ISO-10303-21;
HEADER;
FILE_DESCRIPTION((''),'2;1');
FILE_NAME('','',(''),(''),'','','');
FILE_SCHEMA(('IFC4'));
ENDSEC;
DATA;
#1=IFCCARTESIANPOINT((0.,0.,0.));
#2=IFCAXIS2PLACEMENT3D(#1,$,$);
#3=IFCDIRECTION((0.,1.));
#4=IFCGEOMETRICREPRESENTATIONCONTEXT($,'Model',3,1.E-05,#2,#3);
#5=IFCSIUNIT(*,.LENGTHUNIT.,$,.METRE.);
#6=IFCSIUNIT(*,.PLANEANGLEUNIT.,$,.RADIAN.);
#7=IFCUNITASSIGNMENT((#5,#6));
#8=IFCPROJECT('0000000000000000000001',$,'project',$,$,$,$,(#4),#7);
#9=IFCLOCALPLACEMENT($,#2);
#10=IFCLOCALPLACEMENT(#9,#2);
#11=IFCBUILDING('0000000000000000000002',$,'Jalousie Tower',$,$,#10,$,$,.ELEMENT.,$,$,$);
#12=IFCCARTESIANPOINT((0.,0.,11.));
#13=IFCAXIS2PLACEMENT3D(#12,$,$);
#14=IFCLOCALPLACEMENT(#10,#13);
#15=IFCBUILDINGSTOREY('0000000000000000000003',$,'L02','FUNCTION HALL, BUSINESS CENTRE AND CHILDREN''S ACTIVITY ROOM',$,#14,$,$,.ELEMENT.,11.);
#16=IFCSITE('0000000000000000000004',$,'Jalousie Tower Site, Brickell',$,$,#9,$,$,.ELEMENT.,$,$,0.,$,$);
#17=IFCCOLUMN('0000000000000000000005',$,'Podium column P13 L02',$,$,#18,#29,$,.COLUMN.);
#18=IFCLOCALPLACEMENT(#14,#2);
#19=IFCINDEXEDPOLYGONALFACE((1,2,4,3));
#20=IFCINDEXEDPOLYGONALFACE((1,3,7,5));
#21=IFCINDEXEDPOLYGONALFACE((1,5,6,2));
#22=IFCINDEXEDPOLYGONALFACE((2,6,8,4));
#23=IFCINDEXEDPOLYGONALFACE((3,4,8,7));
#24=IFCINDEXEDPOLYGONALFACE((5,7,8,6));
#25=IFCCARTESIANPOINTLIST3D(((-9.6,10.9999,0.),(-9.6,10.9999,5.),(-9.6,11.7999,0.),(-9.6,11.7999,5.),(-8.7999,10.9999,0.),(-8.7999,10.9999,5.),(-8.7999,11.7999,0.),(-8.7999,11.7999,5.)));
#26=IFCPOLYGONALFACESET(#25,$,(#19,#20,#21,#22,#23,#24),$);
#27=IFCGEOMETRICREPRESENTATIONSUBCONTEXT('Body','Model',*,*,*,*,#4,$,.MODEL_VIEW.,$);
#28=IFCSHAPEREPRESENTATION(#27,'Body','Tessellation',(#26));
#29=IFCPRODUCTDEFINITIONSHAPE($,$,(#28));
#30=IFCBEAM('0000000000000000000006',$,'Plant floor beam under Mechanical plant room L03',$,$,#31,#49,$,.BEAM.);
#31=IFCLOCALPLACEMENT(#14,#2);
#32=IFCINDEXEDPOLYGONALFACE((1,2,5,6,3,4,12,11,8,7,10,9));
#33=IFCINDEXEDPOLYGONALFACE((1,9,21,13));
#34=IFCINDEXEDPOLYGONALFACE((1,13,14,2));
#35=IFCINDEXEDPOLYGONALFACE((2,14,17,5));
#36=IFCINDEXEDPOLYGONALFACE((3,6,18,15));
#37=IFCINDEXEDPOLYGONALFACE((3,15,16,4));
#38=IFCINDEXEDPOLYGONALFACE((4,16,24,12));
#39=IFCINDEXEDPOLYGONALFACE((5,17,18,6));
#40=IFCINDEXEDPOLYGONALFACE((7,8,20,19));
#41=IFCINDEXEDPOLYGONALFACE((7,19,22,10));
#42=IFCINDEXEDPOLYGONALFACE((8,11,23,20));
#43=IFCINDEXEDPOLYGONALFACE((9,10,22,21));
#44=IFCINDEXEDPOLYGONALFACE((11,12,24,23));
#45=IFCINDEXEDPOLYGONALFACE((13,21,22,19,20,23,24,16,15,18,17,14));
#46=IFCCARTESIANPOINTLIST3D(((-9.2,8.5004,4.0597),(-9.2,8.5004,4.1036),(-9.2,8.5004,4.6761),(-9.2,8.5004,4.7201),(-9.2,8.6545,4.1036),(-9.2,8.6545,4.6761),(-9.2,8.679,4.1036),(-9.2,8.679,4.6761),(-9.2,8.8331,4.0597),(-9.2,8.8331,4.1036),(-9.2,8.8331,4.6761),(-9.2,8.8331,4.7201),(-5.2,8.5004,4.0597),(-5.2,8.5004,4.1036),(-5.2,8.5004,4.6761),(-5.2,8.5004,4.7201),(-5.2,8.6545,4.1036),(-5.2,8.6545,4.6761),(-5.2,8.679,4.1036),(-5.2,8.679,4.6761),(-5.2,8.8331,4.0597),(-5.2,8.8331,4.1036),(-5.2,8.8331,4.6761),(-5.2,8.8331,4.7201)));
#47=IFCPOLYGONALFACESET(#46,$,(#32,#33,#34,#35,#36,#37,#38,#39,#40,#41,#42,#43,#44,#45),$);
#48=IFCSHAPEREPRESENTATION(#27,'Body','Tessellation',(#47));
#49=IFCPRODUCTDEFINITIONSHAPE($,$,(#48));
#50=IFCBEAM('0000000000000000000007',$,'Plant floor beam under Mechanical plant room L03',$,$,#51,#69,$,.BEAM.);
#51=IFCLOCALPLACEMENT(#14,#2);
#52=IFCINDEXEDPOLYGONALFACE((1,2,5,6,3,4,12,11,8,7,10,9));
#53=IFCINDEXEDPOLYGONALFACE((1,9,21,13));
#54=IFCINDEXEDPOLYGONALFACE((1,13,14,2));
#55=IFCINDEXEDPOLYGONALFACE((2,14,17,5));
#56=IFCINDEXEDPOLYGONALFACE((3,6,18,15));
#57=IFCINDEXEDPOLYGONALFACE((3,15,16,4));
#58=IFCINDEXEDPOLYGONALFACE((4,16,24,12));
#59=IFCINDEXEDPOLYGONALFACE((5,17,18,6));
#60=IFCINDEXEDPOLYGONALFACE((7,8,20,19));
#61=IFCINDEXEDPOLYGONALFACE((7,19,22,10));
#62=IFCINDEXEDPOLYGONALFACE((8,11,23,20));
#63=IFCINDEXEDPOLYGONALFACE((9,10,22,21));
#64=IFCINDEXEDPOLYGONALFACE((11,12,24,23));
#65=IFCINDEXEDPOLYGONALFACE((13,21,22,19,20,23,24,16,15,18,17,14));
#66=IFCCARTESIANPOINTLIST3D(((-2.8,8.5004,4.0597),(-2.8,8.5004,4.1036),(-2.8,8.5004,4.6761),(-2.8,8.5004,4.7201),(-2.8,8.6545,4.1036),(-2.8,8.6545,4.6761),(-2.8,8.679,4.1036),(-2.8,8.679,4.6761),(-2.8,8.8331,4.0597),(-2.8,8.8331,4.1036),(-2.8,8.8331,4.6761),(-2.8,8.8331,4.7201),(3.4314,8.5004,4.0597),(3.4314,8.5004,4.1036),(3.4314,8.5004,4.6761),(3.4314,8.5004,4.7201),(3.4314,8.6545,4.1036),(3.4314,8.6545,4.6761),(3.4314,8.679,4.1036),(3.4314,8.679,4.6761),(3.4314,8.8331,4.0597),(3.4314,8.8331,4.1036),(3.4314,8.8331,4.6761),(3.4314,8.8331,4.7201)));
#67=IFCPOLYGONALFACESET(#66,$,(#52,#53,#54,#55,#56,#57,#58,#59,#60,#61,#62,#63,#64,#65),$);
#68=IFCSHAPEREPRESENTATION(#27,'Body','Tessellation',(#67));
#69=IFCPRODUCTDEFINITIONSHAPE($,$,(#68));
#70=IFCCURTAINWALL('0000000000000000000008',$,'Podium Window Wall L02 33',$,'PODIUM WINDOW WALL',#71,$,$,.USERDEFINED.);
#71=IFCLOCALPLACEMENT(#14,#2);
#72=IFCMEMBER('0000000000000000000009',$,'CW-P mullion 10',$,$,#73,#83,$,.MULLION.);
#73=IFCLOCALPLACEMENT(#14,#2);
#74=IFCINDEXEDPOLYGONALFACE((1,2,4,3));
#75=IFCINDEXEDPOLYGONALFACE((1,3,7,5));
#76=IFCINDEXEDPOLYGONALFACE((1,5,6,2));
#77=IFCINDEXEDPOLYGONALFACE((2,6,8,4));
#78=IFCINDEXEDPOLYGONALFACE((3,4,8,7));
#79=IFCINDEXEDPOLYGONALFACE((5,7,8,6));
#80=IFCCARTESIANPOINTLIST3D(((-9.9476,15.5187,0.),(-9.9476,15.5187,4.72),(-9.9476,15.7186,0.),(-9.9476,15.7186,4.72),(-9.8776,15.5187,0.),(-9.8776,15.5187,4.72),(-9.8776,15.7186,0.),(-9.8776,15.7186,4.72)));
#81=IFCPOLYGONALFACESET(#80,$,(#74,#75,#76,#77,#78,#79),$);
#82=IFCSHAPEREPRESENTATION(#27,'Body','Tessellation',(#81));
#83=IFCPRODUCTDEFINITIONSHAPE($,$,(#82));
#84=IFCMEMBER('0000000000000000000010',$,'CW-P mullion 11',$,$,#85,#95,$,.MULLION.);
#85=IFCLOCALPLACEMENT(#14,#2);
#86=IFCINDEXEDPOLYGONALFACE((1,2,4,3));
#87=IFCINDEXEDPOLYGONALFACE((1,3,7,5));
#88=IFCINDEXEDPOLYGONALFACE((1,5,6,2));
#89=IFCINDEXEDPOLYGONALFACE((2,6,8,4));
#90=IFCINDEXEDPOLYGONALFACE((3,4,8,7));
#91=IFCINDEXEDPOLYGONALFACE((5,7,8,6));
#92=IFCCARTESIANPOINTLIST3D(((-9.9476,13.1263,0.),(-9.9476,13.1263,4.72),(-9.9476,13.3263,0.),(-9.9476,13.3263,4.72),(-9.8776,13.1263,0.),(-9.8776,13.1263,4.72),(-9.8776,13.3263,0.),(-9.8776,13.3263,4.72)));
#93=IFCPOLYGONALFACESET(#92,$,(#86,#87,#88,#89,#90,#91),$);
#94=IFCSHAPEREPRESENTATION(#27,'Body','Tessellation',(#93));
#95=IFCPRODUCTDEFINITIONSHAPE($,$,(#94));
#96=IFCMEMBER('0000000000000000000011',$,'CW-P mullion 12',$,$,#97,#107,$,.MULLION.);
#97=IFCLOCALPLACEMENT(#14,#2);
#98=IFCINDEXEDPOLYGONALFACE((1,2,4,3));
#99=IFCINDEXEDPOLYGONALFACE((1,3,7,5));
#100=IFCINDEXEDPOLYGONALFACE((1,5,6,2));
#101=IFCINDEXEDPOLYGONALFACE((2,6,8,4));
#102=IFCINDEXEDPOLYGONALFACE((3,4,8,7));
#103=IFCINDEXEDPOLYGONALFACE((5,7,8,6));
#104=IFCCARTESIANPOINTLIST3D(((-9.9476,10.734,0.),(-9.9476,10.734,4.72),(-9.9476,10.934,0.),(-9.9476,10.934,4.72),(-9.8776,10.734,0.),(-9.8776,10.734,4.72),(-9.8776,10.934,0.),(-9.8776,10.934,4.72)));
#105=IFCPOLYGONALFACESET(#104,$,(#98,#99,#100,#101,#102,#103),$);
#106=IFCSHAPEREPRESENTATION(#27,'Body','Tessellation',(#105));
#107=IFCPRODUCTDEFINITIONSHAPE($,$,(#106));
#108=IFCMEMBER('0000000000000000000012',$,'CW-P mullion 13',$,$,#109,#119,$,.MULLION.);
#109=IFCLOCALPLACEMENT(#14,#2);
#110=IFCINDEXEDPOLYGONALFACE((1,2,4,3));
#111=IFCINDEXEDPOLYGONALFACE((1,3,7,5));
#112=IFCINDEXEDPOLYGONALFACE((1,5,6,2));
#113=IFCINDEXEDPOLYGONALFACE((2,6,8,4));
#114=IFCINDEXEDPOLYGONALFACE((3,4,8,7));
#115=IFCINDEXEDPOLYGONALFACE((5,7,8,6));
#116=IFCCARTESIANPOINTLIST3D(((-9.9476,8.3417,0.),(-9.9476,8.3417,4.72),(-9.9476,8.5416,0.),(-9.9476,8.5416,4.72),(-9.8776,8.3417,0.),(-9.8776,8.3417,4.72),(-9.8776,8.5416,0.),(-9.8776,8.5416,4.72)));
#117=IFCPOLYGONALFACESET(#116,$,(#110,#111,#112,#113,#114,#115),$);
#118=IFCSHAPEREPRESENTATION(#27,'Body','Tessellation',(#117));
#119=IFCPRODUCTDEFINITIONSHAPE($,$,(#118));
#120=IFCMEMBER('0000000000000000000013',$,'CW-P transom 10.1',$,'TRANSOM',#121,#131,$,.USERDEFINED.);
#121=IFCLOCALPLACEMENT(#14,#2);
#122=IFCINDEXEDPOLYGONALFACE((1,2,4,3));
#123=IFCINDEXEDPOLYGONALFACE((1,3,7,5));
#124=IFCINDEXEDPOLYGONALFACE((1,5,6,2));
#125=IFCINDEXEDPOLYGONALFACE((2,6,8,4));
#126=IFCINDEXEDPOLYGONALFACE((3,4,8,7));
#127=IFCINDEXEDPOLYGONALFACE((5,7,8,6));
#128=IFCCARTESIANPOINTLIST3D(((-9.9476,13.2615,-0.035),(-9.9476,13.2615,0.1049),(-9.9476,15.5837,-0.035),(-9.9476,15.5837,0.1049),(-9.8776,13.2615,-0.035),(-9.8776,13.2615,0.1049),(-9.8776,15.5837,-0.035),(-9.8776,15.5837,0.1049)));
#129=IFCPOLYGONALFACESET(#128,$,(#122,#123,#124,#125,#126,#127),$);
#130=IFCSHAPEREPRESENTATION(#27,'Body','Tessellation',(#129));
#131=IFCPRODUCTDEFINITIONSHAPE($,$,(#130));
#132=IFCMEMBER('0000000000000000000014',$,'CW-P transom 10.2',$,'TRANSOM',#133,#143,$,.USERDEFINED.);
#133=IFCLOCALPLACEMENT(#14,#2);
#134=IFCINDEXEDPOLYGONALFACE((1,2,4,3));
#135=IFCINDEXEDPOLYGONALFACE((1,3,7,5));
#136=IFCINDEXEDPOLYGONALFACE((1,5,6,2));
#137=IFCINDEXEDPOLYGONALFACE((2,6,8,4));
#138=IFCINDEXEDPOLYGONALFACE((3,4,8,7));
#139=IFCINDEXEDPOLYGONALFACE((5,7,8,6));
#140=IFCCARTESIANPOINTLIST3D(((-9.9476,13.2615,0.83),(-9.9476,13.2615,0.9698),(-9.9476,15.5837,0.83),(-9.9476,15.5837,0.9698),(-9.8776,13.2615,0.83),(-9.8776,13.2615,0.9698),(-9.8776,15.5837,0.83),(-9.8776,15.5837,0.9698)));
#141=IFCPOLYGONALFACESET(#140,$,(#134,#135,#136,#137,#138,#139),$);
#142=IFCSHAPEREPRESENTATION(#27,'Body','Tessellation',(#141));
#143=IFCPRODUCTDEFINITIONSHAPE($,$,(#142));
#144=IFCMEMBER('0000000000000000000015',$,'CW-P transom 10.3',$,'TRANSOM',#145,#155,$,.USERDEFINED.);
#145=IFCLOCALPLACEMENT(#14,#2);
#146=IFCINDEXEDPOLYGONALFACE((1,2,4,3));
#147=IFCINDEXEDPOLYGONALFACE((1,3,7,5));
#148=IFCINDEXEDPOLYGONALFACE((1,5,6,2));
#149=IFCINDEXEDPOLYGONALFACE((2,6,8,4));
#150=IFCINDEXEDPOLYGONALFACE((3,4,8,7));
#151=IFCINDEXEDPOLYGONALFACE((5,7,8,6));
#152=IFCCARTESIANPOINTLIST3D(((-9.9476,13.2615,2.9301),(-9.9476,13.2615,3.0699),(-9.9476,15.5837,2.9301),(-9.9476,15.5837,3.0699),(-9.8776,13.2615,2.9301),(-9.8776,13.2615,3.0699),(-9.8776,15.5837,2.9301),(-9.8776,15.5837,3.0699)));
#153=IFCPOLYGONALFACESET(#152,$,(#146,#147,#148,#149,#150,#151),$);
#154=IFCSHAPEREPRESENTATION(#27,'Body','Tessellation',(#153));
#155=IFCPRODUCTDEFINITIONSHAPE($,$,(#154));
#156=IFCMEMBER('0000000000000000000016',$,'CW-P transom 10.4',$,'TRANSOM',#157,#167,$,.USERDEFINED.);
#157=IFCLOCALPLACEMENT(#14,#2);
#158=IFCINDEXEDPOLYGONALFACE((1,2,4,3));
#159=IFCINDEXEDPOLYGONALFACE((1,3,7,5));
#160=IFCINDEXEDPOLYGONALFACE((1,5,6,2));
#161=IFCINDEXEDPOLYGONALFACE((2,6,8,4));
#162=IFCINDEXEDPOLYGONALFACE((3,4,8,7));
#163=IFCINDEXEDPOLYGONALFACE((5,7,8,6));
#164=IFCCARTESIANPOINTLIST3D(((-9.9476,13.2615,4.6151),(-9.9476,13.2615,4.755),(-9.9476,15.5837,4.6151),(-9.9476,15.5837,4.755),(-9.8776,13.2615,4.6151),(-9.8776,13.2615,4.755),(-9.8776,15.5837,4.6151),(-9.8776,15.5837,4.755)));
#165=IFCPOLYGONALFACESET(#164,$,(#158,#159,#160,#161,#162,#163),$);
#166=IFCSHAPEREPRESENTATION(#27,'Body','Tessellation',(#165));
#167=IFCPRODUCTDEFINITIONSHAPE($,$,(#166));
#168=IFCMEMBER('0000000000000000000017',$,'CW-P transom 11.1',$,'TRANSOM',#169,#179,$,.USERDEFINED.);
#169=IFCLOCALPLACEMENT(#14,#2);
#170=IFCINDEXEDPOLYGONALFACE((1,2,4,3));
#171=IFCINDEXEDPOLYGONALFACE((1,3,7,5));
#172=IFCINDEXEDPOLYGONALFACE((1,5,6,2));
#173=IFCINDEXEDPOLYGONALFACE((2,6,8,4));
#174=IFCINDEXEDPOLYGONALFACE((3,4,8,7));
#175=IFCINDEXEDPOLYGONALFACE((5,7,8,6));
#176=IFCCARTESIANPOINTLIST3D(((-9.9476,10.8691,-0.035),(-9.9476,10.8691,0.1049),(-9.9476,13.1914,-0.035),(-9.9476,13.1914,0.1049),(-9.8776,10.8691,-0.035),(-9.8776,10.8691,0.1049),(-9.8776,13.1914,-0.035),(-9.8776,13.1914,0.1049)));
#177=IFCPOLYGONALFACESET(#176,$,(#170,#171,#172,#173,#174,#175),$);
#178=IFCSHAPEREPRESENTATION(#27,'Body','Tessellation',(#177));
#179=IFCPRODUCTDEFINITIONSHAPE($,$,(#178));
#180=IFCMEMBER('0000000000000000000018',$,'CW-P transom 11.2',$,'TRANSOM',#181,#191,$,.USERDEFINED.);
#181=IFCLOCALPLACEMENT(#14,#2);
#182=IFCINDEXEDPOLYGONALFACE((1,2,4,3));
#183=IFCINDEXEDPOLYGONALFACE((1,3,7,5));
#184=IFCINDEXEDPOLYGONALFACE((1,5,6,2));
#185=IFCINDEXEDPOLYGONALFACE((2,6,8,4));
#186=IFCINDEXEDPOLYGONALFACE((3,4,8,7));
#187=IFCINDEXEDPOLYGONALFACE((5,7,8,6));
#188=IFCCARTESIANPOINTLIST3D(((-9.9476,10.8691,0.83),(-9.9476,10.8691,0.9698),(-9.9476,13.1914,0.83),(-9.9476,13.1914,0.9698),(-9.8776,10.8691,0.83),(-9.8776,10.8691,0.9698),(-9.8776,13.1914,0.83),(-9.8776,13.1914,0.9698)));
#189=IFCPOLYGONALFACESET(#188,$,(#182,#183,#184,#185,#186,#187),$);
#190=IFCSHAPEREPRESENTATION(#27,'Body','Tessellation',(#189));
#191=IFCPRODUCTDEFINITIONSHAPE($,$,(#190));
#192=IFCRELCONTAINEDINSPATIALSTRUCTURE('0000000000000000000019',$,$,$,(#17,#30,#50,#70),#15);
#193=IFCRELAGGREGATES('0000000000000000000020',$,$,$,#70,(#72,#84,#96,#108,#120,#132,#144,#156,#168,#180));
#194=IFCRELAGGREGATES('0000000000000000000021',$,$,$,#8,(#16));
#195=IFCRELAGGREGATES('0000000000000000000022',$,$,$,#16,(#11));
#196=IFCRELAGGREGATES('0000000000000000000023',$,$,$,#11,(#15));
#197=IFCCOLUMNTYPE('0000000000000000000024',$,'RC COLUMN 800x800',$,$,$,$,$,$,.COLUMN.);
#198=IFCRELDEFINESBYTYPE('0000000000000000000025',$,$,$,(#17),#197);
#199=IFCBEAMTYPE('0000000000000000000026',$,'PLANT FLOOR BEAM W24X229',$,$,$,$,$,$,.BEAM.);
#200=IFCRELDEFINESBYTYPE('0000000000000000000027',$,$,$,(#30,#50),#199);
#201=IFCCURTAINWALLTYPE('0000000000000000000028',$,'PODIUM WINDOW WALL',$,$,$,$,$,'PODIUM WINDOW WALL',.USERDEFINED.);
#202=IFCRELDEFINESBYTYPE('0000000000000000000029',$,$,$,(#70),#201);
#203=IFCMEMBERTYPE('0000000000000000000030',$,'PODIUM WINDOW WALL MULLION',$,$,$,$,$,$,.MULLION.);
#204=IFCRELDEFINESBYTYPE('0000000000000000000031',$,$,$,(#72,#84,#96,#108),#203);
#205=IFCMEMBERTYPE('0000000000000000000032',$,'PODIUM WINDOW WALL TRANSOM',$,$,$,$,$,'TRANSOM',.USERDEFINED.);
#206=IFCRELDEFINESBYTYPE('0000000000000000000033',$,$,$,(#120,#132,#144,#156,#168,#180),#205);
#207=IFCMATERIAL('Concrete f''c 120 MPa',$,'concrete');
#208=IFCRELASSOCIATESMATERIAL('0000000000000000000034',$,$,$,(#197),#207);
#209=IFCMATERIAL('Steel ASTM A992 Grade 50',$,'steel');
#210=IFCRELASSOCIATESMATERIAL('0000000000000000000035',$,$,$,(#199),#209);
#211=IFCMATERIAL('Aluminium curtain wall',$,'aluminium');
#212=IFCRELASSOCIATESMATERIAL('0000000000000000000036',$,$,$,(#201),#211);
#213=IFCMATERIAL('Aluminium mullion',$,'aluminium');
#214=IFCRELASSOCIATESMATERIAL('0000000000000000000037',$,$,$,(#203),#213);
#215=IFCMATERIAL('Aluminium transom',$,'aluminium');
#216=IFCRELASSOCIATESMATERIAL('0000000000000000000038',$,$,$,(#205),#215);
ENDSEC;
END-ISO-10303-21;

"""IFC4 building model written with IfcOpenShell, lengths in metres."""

from ifc_helpers import new_model, si_unit, direction, frame, origin, origin_2d, place, context, subcontext, project, spatial, rectangle, i_section, extrude, material, material_profile, profile_set, type_object, element, aggregate, save


model = new_model("IFC4")

# Units and contexts
model_context = context("Model", 3, precision=1e-05, world=origin(), true_north=direction((0.0, 1.0)))
body_context = subcontext(model_context, "Body", "Model", "MODEL_VIEW")
ifc_project = project(units=[si_unit("LENGTHUNIT", "METRE"), si_unit("PLANEANGLEUNIT", "RADIAN")], contexts=[model_context])

# Site, building, storey
site_placement = place(None, origin())
site = spatial("IfcSite", under=ifc_project, at=site_placement, Name="Jalousie Tower Site, Brickell", CompositionType="ELEMENT", RefElevation=0.0)
building_placement = place(site_placement, origin())
building = spatial("IfcBuilding", under=site, at=building_placement, Name="Jalousie Tower", CompositionType="ELEMENT")
storey_placement = place(building_placement, frame((0.0, 0.0, 11.0)))
storey = spatial("IfcBuildingStorey", under=building, at=storey_placement, Name="L02", Description="FUNCTION HALL, BUSINESS CENTRE AND CHILDREN'S ACTIVITY ROOM", CompositionType="ELEMENT", Elevation=11.0)

# Column
ifc_material_1 = material(Name="Concrete f'c 120 MPa", Category="concrete")
ifc_material_profile_1 = material_profile(ifc_material_1, rectangle(XDim=0.8, YDim=0.8, at=origin_2d()), Name="RC 800x800")
ifc_profile_set_1 = profile_set([ifc_material_profile_1], Name="Concrete f'c 120 MPa")
column_type = type_object("IfcColumnType", Name="RC COLUMN 800x800", PredefinedType="COLUMN", material=ifc_profile_set_1)
column_placement = place(storey_placement, frame((-9.2, 11.3999, 0.0), z_axis=(0.0, 0.0, 1.0), x_axis=(1.0, 0.0, 0.0)))
element("IfcColumn", 1, at=column_placement, inside=storey, type_object=column_type, Name="Podium column P13 L02", PredefinedType="COLUMN", context=body_context, shape_type="SweptSolid", body=[
    extrude(rectangle(XDim=0.8, YDim=0.8, at=origin_2d()), origin(), (0.0, 0.0, 1.0), 5.0),
])

# Beams
ifc_material_2 = material(Name="Steel ASTM A992 Grade 50", Category="steel")
ifc_material_profile_2 = material_profile(ifc_material_2, i_section(OverallWidth=0.3328, OverallDepth=0.6604, WebThickness=0.0244, FlangeThickness=0.0439, at=origin_2d()), Name="W24X229")
ifc_profile_set_2 = profile_set([ifc_material_profile_2], Name="Steel ASTM A992 Grade 50")
beam_type_1 = type_object("IfcBeamType", Name="PLANT FLOOR BEAM W24X229", PredefinedType="BEAM", material=ifc_profile_set_2)
beam_1_placement = place(storey_placement, frame((-9.2, 8.6667, 4.3899), z_axis=(1.0, 0.0, 0.0), x_axis=(0.0, 1.0, 0.0)))
element("IfcBeam", 2, at=beam_1_placement, inside=storey, type_object=beam_type_1, Name="Plant floor beam under Mechanical plant room L03", PredefinedType="BEAM", context=body_context, shape_type="SweptSolid", body=[
    extrude(i_section(OverallWidth=0.3328, OverallDepth=0.6604, WebThickness=0.0244, FlangeThickness=0.0439, at=origin_2d()), origin(), (0.0, 0.0, 1.0), 4.0),
])
beam_2_placement = place(storey_placement, frame((-2.8, 8.6667, 4.3899), z_axis=(1.0, 0.0, 0.0), x_axis=(0.0, 1.0, 0.0)))
element("IfcBeam", 3, at=beam_2_placement, inside=storey, type_object=beam_type_1, Name="Plant floor beam under Mechanical plant room L03", PredefinedType="BEAM", context=body_context, shape_type="SweptSolid", body=[
    extrude(i_section(OverallWidth=0.3328, OverallDepth=0.6604, WebThickness=0.0244, FlangeThickness=0.0439, at=origin_2d()), origin(), (0.0, 0.0, 1.0), 6.2314),
])

# Curtain wall, members
ifc_material_3 = material(Name="Aluminium curtain wall", Category="aluminium")
curtain_wall_type = type_object("IfcCurtainWallType", Name="PODIUM WINDOW WALL", ElementType="PODIUM WINDOW WALL", PredefinedType="USERDEFINED", material=ifc_material_3)
curtain_wall_placement = place(storey_placement, origin())
curtain_wall = element("IfcCurtainWall", 4, at=curtain_wall_placement, inside=storey, type_object=curtain_wall_type, Name="Podium Window Wall L02 33", ObjectType="PODIUM WINDOW WALL", PredefinedType="USERDEFINED")
ifc_material_4 = material(Name="Aluminium mullion", Category="aluminium")
ifc_material_profile_3 = material_profile(ifc_material_4, rectangle(XDim=0.0701, YDim=0.2, at=origin_2d()), Name="MULLION 70x200")
ifc_profile_set_3 = profile_set([ifc_material_profile_3], Name="Aluminium mullion")
member_type_1 = type_object("IfcMemberType", Name="PODIUM WINDOW WALL MULLION", PredefinedType="MULLION", material=ifc_profile_set_3)
member_1_placement = place(storey_placement, frame((-9.9126, 15.6187, 0.0), z_axis=(0.0, 0.0, 1.0), x_axis=(1.0, 0.0, 0.0)))
member_1 = element("IfcMember", 5, at=member_1_placement, type_object=member_type_1, Name="CW-P mullion 10", PredefinedType="MULLION", context=body_context, shape_type="SweptSolid", body=[
    extrude(rectangle(XDim=0.0701, YDim=0.2, at=origin_2d()), origin(), (0.0, 0.0, 1.0), 4.72),
])
member_2_placement = place(storey_placement, frame((-9.9126, 13.2263, 0.0), z_axis=(0.0, 0.0, 1.0), x_axis=(1.0, 0.0, 0.0)))
member_2 = element("IfcMember", 6, at=member_2_placement, type_object=member_type_1, Name="CW-P mullion 11", PredefinedType="MULLION", context=body_context, shape_type="SweptSolid", body=[
    extrude(rectangle(XDim=0.0701, YDim=0.2, at=origin_2d()), origin(), (0.0, 0.0, 1.0), 4.72),
])
member_3_placement = place(storey_placement, frame((-9.9126, 10.834, 0.0), z_axis=(0.0, 0.0, 1.0), x_axis=(1.0, 0.0, 0.0)))
member_3 = element("IfcMember", 7, at=member_3_placement, type_object=member_type_1, Name="CW-P mullion 12", PredefinedType="MULLION", context=body_context, shape_type="SweptSolid", body=[
    extrude(rectangle(XDim=0.0701, YDim=0.2, at=origin_2d()), origin(), (0.0, 0.0, 1.0), 4.72),
])
member_4_placement = place(storey_placement, frame((-9.9126, 8.4417, 0.0), z_axis=(0.0, 0.0, 1.0), x_axis=(1.0, 0.0, 0.0)))
member_4 = element("IfcMember", 8, at=member_4_placement, type_object=member_type_1, Name="CW-P mullion 13", PredefinedType="MULLION", context=body_context, shape_type="SweptSolid", body=[
    extrude(rectangle(XDim=0.0701, YDim=0.2, at=origin_2d()), origin(), (0.0, 0.0, 1.0), 4.72),
])
ifc_material_5 = material(Name="Aluminium transom", Category="aluminium")
ifc_material_profile_4 = material_profile(ifc_material_5, rectangle(XDim=0.0701, YDim=0.1399, at=origin_2d()), Name="TRANSOM 70x140")
ifc_profile_set_4 = profile_set([ifc_material_profile_4], Name="Aluminium transom")
member_type_2 = type_object("IfcMemberType", Name="PODIUM WINDOW WALL TRANSOM", ElementType="TRANSOM", PredefinedType="USERDEFINED", material=ifc_profile_set_4)
member_5_placement = place(storey_placement, frame((-9.9126, 15.5837, 0.0349), z_axis=(0.0, -1.0, 0.0), x_axis=(1.0, 0.0, 0.0)))
member_5 = element("IfcMember", 9, at=member_5_placement, type_object=member_type_2, Name="CW-P transom 10.1", ObjectType="TRANSOM", PredefinedType="USERDEFINED", context=body_context, shape_type="SweptSolid", body=[
    extrude(rectangle(XDim=0.0701, YDim=0.1399, at=origin_2d()), origin(), (0.0, 0.0, 1.0), 2.3223),
])
member_6_placement = place(storey_placement, frame((-9.9126, 15.5837, 0.8999), z_axis=(0.0, -1.0, 0.0), x_axis=(1.0, 0.0, 0.0)))
member_6 = element("IfcMember", 10, at=member_6_placement, type_object=member_type_2, Name="CW-P transom 10.2", ObjectType="TRANSOM", PredefinedType="USERDEFINED", context=body_context, shape_type="SweptSolid", body=[
    extrude(rectangle(XDim=0.0701, YDim=0.1399, at=origin_2d()), origin(), (0.0, 0.0, 1.0), 2.3223),
])
member_7_placement = place(storey_placement, frame((-9.9126, 15.5837, 3.0), z_axis=(0.0, -1.0, 0.0), x_axis=(1.0, 0.0, 0.0)))
member_7 = element("IfcMember", 11, at=member_7_placement, type_object=member_type_2, Name="CW-P transom 10.3", ObjectType="TRANSOM", PredefinedType="USERDEFINED", context=body_context, shape_type="SweptSolid", body=[
    extrude(rectangle(XDim=0.0701, YDim=0.1399, at=origin_2d()), origin(), (0.0, 0.0, 1.0), 2.3223),
])
member_8_placement = place(storey_placement, frame((-9.9126, 15.5837, 4.6851), z_axis=(0.0, -1.0, 0.0), x_axis=(1.0, 0.0, 0.0)))
member_8 = element("IfcMember", 12, at=member_8_placement, type_object=member_type_2, Name="CW-P transom 10.4", ObjectType="TRANSOM", PredefinedType="USERDEFINED", context=body_context, shape_type="SweptSolid", body=[
    extrude(rectangle(XDim=0.0701, YDim=0.1399, at=origin_2d()), origin(), (0.0, 0.0, 1.0), 2.3223),
])
member_9_placement = place(storey_placement, frame((-9.9126, 13.1914, 0.0349), z_axis=(0.0, -1.0, 0.0), x_axis=(1.0, 0.0, 0.0)))
member_9 = element("IfcMember", 13, at=member_9_placement, type_object=member_type_2, Name="CW-P transom 11.1", ObjectType="TRANSOM", PredefinedType="USERDEFINED", context=body_context, shape_type="SweptSolid", body=[
    extrude(rectangle(XDim=0.0701, YDim=0.1399, at=origin_2d()), origin(), (0.0, 0.0, 1.0), 2.3223),
])
member_10_placement = place(storey_placement, frame((-9.9126, 13.1914, 0.8999), z_axis=(0.0, -1.0, 0.0), x_axis=(1.0, 0.0, 0.0)))
member_10 = element("IfcMember", 14, at=member_10_placement, type_object=member_type_2, Name="CW-P transom 11.2", ObjectType="TRANSOM", PredefinedType="USERDEFINED", context=body_context, shape_type="SweptSolid", body=[
    extrude(rectangle(XDim=0.0701, YDim=0.1399, at=origin_2d()), origin(), (0.0, 0.0, 1.0), 2.3223),
])

aggregate(curtain_wall, [member_1, member_2, member_3, member_4, member_5, member_6, member_7, member_8, member_9, member_10])

save(model, "model.ifc")
